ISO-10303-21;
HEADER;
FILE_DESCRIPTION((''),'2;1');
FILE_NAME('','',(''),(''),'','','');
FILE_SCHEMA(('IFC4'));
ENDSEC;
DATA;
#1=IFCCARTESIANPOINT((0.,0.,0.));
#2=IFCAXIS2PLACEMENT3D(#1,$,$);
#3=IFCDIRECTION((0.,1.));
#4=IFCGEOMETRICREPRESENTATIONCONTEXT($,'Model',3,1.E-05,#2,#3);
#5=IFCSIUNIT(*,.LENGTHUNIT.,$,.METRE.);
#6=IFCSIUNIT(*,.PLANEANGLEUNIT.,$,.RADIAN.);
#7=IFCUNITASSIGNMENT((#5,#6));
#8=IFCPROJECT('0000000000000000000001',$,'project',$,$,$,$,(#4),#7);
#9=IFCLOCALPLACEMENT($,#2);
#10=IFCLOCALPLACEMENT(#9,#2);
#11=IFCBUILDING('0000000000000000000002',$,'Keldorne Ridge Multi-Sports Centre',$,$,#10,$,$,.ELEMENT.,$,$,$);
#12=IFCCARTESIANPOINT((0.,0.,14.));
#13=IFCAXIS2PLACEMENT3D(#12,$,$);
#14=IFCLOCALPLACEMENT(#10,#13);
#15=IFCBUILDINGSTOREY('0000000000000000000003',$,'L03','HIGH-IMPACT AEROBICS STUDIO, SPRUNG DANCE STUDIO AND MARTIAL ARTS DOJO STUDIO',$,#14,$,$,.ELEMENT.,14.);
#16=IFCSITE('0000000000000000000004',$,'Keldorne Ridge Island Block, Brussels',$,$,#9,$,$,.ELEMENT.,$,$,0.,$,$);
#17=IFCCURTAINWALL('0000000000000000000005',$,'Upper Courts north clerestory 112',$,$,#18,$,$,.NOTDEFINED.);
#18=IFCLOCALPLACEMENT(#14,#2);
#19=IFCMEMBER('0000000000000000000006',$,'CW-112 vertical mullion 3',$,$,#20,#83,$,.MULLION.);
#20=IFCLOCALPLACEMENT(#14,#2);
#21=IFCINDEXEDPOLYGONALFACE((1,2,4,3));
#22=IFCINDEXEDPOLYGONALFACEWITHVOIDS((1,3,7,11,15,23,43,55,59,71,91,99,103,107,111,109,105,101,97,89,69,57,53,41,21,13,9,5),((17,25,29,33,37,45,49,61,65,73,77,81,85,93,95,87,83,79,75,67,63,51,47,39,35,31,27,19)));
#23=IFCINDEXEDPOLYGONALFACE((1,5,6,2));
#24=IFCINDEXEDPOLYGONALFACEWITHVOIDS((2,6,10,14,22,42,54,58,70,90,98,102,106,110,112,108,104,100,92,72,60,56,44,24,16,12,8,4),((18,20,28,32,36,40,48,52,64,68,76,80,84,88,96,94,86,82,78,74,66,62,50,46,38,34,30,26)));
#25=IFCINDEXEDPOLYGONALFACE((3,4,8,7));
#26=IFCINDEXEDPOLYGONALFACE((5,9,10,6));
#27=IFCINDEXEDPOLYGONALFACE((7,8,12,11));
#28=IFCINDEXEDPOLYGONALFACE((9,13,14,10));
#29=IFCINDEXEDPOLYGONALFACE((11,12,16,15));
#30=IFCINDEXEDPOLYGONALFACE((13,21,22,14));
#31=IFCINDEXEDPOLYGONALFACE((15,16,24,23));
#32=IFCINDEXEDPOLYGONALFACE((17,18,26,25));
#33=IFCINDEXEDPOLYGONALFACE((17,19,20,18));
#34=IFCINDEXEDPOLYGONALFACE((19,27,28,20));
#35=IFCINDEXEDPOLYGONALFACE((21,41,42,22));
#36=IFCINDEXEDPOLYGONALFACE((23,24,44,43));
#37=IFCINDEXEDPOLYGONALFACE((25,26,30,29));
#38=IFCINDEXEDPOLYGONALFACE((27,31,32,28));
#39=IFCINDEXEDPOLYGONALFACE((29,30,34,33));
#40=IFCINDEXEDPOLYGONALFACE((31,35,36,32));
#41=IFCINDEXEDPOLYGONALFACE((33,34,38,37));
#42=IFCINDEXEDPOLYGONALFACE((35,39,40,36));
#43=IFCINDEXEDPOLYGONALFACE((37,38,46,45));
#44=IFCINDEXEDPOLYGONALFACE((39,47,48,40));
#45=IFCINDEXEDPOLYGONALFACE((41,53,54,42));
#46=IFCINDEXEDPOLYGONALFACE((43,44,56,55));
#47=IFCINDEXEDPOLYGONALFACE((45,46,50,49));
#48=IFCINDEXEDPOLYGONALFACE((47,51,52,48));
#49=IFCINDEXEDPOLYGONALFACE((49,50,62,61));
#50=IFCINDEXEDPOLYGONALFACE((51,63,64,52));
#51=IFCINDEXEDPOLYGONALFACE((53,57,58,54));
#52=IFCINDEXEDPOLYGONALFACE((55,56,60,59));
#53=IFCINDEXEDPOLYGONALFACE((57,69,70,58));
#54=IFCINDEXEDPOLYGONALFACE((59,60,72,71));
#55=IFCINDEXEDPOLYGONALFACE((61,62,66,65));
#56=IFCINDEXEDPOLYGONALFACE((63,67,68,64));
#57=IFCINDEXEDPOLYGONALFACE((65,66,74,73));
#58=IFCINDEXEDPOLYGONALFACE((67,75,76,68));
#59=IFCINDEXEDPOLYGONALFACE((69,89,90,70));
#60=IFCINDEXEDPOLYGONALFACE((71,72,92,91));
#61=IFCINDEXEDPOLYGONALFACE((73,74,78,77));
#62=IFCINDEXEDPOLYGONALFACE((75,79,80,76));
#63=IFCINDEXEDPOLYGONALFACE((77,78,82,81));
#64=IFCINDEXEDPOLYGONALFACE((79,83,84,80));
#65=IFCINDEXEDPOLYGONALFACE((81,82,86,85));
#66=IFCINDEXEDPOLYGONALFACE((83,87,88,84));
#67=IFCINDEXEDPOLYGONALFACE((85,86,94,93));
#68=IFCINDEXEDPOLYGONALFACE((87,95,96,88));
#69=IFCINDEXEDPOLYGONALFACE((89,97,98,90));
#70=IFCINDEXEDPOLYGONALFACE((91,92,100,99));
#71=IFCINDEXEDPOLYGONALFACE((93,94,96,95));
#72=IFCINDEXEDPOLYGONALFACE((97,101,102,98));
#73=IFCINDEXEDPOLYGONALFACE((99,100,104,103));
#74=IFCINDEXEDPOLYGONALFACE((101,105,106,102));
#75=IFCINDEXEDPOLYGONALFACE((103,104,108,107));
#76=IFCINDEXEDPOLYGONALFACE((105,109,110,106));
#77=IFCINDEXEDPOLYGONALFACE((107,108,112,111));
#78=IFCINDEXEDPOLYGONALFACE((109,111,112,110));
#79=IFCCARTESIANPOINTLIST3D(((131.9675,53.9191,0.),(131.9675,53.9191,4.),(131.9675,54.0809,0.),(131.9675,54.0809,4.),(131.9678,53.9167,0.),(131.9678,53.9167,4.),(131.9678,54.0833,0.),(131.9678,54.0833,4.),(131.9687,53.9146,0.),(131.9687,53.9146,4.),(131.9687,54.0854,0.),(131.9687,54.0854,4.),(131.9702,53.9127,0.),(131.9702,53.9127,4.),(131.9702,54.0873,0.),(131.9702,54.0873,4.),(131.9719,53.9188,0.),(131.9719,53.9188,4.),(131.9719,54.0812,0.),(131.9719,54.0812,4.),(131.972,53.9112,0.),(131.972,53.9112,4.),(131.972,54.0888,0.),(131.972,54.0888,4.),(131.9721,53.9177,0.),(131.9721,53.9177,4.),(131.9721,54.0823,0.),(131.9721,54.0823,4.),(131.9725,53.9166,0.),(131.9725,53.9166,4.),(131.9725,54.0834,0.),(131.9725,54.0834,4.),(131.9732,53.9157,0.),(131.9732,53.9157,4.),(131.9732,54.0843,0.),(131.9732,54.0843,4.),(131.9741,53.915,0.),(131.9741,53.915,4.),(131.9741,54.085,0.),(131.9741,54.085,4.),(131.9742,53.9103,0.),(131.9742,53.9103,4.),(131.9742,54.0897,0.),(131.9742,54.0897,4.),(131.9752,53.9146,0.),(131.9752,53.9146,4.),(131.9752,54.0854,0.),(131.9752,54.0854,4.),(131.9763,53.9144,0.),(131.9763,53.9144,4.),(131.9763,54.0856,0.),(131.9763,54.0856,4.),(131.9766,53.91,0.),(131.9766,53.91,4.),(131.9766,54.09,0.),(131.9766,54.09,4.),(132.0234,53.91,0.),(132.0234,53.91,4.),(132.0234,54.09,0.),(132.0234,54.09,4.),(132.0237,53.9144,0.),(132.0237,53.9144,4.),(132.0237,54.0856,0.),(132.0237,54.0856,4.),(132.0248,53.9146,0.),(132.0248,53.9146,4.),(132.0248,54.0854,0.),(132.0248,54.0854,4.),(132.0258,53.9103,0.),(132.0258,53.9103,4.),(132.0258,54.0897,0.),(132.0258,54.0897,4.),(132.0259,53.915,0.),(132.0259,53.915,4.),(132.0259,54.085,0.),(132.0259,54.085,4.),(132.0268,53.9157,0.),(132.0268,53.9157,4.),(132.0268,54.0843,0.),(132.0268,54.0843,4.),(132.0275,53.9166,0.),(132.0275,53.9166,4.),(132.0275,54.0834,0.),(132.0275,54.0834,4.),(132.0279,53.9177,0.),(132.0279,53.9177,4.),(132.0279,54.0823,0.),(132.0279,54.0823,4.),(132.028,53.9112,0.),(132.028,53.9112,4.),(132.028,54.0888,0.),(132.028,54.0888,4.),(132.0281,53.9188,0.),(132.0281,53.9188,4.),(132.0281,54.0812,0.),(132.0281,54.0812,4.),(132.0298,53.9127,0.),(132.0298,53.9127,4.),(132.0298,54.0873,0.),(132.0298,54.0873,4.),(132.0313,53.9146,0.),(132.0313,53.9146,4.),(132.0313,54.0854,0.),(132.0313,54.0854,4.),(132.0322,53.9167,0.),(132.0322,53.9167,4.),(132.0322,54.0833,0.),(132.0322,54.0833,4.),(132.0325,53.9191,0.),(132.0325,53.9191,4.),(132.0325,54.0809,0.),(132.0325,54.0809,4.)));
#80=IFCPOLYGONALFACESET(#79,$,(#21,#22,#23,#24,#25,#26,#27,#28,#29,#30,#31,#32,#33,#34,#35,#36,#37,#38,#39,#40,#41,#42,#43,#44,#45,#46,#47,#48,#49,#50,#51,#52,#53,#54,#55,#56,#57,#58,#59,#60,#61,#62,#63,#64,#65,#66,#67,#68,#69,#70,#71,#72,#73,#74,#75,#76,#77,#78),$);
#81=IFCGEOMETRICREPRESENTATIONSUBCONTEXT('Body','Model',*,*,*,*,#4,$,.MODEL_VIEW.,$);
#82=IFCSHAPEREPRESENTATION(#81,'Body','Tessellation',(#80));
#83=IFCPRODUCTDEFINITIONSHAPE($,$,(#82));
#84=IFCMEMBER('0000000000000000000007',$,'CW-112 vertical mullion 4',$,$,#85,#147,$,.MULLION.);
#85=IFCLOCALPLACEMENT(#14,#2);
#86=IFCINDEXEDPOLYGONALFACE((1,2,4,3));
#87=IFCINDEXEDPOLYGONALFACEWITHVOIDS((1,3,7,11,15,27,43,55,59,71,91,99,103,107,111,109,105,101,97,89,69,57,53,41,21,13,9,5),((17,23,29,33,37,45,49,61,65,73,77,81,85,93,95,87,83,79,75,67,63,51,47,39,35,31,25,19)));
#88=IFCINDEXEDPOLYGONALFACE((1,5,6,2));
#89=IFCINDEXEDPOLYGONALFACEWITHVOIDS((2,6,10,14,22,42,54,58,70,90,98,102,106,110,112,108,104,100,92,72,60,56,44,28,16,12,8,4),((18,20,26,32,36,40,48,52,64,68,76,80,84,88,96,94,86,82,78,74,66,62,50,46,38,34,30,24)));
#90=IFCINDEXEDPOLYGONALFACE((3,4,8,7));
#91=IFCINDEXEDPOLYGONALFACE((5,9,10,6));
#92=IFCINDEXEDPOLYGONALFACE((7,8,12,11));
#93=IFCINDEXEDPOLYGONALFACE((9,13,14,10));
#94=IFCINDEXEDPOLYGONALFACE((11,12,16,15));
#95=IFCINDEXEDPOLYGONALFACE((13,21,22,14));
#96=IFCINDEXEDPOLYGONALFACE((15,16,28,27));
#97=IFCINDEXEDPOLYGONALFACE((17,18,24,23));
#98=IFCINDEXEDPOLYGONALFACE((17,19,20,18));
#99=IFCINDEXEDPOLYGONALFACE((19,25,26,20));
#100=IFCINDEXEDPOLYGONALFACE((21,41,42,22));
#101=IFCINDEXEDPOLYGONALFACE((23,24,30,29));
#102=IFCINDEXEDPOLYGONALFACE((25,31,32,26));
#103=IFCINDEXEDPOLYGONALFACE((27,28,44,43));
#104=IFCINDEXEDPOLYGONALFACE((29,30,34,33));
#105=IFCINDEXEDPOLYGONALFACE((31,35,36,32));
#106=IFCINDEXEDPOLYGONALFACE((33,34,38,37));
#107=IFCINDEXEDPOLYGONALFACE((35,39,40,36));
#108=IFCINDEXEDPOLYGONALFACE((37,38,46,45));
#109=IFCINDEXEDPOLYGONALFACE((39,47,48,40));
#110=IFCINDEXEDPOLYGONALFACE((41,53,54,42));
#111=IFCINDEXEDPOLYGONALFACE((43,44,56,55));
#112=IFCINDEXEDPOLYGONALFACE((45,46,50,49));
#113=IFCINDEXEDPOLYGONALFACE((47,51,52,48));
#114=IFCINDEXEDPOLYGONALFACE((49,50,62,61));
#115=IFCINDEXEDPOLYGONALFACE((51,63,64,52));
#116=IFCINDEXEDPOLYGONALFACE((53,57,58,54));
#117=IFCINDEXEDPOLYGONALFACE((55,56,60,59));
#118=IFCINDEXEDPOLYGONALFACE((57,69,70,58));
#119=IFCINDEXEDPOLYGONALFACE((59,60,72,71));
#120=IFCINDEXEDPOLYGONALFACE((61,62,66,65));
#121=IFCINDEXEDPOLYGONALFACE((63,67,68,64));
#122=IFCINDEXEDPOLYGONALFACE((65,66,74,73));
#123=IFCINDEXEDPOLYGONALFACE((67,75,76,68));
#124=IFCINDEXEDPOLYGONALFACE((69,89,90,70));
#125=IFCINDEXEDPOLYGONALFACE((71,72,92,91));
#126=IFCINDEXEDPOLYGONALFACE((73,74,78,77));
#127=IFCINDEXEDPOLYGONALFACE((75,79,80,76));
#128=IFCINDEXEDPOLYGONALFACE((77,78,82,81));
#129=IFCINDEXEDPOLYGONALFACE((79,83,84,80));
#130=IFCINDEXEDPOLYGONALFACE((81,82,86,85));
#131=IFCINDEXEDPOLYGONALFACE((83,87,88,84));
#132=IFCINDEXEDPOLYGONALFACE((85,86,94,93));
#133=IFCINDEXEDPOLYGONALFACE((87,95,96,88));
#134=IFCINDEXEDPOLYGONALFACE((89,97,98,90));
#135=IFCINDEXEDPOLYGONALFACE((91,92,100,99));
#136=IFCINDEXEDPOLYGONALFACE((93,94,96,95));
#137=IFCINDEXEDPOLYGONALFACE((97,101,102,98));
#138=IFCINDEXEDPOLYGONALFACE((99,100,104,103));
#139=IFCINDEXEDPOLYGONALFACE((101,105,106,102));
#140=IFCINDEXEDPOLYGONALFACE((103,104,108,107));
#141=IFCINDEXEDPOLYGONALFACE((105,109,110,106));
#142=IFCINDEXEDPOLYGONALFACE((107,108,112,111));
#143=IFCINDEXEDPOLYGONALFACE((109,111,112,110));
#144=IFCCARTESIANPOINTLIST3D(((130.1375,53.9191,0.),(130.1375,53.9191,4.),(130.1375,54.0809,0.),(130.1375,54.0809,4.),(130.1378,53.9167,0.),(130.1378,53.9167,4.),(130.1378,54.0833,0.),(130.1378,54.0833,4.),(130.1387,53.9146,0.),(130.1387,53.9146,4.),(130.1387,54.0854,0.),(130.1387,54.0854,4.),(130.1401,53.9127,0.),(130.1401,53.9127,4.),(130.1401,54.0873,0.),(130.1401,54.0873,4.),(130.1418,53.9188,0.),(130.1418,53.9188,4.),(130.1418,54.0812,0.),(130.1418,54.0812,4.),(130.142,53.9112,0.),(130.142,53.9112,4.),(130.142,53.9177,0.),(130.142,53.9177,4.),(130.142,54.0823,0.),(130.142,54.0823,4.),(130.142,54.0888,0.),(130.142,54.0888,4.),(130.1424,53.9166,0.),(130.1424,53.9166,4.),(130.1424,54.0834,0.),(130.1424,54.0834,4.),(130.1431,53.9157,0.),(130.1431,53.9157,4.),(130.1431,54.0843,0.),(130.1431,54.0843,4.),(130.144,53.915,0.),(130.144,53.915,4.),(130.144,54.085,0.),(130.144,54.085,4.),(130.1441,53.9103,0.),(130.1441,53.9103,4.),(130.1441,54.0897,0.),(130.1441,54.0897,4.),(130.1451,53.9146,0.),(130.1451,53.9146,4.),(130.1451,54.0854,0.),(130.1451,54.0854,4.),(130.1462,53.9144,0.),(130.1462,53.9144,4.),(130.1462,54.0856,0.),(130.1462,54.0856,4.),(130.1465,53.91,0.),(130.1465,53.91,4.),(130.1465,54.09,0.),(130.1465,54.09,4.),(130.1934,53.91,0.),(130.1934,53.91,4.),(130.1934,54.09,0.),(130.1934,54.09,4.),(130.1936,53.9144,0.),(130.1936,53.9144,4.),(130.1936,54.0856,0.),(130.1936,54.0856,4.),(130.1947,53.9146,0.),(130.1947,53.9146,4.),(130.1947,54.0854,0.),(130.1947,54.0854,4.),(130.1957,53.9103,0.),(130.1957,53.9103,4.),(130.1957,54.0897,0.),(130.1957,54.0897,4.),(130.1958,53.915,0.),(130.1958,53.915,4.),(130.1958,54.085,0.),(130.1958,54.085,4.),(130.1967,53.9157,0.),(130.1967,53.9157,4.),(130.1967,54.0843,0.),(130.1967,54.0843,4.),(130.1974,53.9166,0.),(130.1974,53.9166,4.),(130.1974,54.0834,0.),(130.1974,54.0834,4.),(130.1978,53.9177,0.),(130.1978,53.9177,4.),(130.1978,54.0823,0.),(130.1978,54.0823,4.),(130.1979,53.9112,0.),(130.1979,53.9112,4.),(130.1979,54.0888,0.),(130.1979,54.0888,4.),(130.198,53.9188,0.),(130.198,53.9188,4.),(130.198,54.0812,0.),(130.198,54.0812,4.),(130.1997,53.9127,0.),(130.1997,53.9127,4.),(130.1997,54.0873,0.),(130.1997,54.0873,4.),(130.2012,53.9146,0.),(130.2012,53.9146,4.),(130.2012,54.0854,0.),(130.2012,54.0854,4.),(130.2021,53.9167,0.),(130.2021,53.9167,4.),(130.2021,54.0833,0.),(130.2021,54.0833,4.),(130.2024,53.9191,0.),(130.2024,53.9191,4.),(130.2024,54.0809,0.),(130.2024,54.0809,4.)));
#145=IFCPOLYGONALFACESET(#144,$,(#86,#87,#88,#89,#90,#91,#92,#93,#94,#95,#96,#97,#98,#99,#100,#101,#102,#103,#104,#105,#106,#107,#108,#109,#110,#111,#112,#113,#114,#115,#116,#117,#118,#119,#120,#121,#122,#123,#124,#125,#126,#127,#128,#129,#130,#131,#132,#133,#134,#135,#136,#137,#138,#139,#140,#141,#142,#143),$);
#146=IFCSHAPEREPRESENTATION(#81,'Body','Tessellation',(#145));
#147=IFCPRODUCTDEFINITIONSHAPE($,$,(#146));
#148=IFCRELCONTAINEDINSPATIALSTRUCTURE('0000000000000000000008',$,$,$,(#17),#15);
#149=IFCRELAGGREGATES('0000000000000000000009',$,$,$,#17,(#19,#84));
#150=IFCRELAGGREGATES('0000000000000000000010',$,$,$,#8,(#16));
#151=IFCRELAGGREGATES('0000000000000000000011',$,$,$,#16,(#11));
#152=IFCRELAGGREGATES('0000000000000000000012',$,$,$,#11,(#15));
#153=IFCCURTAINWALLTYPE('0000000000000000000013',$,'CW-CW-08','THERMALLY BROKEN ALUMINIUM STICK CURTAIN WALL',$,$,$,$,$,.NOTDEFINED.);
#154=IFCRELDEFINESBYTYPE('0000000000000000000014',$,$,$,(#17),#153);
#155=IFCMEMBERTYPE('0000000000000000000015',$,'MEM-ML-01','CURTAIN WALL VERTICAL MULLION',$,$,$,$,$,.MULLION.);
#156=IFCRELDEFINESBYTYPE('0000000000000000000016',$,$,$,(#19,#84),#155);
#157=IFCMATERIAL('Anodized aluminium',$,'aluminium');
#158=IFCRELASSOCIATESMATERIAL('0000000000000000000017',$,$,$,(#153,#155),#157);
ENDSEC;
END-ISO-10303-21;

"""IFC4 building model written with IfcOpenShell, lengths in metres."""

from ifc_helpers import new_model, si_unit, direction, frame, origin, origin_2d, place, context, subcontext, project, spatial, hollow_rectangle, extrude, material, material_profile, profile_set, type_object, element, aggregate, save


model = new_model("IFC4")

# Units and contexts
model_context = context("Model", 3, precision=1e-05, world=origin(), true_north=direction((0.0, 1.0)))
body_context = subcontext(model_context, "Body", "Model", "MODEL_VIEW")
ifc_project = project(units=[si_unit("LENGTHUNIT", "METRE"), si_unit("PLANEANGLEUNIT", "RADIAN")], contexts=[model_context])

# Site, building, storey
site_placement = place(None, origin())
site = spatial("IfcSite", under=ifc_project, at=site_placement, Name="Keldorne Ridge Island Block, Brussels", CompositionType="ELEMENT", RefElevation=0.0)
building_placement = place(site_placement, origin())
building = spatial("IfcBuilding", under=site, at=building_placement, Name="Keldorne Ridge Multi-Sports Centre", CompositionType="ELEMENT")
storey_placement = place(building_placement, frame((0.0, 0.0, 14.0)))
storey = spatial("IfcBuildingStorey", under=building, at=storey_placement, Name="L03", Description="HIGH-IMPACT AEROBICS STUDIO, SPRUNG DANCE STUDIO AND MARTIAL ARTS DOJO STUDIO", CompositionType="ELEMENT", Elevation=14.0)

# Curtain wall, members
ifc_material_1 = material(Name="Anodized aluminium", Category="aluminium")
curtain_wall_type_1 = type_object("IfcCurtainWallType", Name="CW-CW-08", Description="THERMALLY BROKEN ALUMINIUM STICK CURTAIN WALL", PredefinedType="NOTDEFINED", material=ifc_material_1)
curtain_wall_1_placement = place(storey_placement, origin())
curtain_wall_1 = element("IfcCurtainWall", 1, at=curtain_wall_1_placement, inside=storey, type_object=curtain_wall_type_1, Name="Upper Courts north clerestory 112", PredefinedType="NOTDEFINED")
ifc_material_profile_1 = material_profile(ifc_material_1, hollow_rectangle(XDim=0.0649, YDim=0.1799, WallThickness=0.0044, InnerFilletRadius=0.0044, OuterFilletRadius=0.009, at=origin_2d()), Name="ALU MULLION 180x65x4.5")
ifc_profile_set_1 = profile_set([ifc_material_profile_1], Name="Anodized aluminium")
member_type_1 = type_object("IfcMemberType", Name="MEM-ML-01", Description="CURTAIN WALL VERTICAL MULLION", PredefinedType="MULLION", material=ifc_profile_set_1)
member_1_placement = place(storey_placement, frame((132.0, 54.0, 0.0), z_axis=(0.0, 0.0, 1.0), x_axis=(1.0, 0.0, 0.0)))
member_1 = element("IfcMember", 2, at=member_1_placement, type_object=member_type_1, Name="CW-112 vertical mullion 3", PredefinedType="MULLION", context=body_context, shape_type="SweptSolid", body=[
    extrude(hollow_rectangle(XDim=0.0649, YDim=0.1799, WallThickness=0.0044, InnerFilletRadius=0.0044, OuterFilletRadius=0.009, at=origin_2d()), origin(), (0.0, 0.0, 1.0), 4.0),
])
member_2_placement = place(storey_placement, frame((130.1699, 54.0, 0.0), z_axis=(0.0, 0.0, 1.0), x_axis=(1.0, 0.0, 0.0)))
member_2 = element("IfcMember", 3, at=member_2_placement, type_object=member_type_1, Name="CW-112 vertical mullion 4", PredefinedType="MULLION", context=body_context, shape_type="SweptSolid", body=[
    extrude(hollow_rectangle(XDim=0.0649, YDim=0.1799, WallThickness=0.0044, InnerFilletRadius=0.0044, OuterFilletRadius=0.009, at=origin_2d()), origin(), (0.0, 0.0, 1.0), 4.0),
])

aggregate(curtain_wall_1, [member_1, member_2])

save(model, "model.ifc")
